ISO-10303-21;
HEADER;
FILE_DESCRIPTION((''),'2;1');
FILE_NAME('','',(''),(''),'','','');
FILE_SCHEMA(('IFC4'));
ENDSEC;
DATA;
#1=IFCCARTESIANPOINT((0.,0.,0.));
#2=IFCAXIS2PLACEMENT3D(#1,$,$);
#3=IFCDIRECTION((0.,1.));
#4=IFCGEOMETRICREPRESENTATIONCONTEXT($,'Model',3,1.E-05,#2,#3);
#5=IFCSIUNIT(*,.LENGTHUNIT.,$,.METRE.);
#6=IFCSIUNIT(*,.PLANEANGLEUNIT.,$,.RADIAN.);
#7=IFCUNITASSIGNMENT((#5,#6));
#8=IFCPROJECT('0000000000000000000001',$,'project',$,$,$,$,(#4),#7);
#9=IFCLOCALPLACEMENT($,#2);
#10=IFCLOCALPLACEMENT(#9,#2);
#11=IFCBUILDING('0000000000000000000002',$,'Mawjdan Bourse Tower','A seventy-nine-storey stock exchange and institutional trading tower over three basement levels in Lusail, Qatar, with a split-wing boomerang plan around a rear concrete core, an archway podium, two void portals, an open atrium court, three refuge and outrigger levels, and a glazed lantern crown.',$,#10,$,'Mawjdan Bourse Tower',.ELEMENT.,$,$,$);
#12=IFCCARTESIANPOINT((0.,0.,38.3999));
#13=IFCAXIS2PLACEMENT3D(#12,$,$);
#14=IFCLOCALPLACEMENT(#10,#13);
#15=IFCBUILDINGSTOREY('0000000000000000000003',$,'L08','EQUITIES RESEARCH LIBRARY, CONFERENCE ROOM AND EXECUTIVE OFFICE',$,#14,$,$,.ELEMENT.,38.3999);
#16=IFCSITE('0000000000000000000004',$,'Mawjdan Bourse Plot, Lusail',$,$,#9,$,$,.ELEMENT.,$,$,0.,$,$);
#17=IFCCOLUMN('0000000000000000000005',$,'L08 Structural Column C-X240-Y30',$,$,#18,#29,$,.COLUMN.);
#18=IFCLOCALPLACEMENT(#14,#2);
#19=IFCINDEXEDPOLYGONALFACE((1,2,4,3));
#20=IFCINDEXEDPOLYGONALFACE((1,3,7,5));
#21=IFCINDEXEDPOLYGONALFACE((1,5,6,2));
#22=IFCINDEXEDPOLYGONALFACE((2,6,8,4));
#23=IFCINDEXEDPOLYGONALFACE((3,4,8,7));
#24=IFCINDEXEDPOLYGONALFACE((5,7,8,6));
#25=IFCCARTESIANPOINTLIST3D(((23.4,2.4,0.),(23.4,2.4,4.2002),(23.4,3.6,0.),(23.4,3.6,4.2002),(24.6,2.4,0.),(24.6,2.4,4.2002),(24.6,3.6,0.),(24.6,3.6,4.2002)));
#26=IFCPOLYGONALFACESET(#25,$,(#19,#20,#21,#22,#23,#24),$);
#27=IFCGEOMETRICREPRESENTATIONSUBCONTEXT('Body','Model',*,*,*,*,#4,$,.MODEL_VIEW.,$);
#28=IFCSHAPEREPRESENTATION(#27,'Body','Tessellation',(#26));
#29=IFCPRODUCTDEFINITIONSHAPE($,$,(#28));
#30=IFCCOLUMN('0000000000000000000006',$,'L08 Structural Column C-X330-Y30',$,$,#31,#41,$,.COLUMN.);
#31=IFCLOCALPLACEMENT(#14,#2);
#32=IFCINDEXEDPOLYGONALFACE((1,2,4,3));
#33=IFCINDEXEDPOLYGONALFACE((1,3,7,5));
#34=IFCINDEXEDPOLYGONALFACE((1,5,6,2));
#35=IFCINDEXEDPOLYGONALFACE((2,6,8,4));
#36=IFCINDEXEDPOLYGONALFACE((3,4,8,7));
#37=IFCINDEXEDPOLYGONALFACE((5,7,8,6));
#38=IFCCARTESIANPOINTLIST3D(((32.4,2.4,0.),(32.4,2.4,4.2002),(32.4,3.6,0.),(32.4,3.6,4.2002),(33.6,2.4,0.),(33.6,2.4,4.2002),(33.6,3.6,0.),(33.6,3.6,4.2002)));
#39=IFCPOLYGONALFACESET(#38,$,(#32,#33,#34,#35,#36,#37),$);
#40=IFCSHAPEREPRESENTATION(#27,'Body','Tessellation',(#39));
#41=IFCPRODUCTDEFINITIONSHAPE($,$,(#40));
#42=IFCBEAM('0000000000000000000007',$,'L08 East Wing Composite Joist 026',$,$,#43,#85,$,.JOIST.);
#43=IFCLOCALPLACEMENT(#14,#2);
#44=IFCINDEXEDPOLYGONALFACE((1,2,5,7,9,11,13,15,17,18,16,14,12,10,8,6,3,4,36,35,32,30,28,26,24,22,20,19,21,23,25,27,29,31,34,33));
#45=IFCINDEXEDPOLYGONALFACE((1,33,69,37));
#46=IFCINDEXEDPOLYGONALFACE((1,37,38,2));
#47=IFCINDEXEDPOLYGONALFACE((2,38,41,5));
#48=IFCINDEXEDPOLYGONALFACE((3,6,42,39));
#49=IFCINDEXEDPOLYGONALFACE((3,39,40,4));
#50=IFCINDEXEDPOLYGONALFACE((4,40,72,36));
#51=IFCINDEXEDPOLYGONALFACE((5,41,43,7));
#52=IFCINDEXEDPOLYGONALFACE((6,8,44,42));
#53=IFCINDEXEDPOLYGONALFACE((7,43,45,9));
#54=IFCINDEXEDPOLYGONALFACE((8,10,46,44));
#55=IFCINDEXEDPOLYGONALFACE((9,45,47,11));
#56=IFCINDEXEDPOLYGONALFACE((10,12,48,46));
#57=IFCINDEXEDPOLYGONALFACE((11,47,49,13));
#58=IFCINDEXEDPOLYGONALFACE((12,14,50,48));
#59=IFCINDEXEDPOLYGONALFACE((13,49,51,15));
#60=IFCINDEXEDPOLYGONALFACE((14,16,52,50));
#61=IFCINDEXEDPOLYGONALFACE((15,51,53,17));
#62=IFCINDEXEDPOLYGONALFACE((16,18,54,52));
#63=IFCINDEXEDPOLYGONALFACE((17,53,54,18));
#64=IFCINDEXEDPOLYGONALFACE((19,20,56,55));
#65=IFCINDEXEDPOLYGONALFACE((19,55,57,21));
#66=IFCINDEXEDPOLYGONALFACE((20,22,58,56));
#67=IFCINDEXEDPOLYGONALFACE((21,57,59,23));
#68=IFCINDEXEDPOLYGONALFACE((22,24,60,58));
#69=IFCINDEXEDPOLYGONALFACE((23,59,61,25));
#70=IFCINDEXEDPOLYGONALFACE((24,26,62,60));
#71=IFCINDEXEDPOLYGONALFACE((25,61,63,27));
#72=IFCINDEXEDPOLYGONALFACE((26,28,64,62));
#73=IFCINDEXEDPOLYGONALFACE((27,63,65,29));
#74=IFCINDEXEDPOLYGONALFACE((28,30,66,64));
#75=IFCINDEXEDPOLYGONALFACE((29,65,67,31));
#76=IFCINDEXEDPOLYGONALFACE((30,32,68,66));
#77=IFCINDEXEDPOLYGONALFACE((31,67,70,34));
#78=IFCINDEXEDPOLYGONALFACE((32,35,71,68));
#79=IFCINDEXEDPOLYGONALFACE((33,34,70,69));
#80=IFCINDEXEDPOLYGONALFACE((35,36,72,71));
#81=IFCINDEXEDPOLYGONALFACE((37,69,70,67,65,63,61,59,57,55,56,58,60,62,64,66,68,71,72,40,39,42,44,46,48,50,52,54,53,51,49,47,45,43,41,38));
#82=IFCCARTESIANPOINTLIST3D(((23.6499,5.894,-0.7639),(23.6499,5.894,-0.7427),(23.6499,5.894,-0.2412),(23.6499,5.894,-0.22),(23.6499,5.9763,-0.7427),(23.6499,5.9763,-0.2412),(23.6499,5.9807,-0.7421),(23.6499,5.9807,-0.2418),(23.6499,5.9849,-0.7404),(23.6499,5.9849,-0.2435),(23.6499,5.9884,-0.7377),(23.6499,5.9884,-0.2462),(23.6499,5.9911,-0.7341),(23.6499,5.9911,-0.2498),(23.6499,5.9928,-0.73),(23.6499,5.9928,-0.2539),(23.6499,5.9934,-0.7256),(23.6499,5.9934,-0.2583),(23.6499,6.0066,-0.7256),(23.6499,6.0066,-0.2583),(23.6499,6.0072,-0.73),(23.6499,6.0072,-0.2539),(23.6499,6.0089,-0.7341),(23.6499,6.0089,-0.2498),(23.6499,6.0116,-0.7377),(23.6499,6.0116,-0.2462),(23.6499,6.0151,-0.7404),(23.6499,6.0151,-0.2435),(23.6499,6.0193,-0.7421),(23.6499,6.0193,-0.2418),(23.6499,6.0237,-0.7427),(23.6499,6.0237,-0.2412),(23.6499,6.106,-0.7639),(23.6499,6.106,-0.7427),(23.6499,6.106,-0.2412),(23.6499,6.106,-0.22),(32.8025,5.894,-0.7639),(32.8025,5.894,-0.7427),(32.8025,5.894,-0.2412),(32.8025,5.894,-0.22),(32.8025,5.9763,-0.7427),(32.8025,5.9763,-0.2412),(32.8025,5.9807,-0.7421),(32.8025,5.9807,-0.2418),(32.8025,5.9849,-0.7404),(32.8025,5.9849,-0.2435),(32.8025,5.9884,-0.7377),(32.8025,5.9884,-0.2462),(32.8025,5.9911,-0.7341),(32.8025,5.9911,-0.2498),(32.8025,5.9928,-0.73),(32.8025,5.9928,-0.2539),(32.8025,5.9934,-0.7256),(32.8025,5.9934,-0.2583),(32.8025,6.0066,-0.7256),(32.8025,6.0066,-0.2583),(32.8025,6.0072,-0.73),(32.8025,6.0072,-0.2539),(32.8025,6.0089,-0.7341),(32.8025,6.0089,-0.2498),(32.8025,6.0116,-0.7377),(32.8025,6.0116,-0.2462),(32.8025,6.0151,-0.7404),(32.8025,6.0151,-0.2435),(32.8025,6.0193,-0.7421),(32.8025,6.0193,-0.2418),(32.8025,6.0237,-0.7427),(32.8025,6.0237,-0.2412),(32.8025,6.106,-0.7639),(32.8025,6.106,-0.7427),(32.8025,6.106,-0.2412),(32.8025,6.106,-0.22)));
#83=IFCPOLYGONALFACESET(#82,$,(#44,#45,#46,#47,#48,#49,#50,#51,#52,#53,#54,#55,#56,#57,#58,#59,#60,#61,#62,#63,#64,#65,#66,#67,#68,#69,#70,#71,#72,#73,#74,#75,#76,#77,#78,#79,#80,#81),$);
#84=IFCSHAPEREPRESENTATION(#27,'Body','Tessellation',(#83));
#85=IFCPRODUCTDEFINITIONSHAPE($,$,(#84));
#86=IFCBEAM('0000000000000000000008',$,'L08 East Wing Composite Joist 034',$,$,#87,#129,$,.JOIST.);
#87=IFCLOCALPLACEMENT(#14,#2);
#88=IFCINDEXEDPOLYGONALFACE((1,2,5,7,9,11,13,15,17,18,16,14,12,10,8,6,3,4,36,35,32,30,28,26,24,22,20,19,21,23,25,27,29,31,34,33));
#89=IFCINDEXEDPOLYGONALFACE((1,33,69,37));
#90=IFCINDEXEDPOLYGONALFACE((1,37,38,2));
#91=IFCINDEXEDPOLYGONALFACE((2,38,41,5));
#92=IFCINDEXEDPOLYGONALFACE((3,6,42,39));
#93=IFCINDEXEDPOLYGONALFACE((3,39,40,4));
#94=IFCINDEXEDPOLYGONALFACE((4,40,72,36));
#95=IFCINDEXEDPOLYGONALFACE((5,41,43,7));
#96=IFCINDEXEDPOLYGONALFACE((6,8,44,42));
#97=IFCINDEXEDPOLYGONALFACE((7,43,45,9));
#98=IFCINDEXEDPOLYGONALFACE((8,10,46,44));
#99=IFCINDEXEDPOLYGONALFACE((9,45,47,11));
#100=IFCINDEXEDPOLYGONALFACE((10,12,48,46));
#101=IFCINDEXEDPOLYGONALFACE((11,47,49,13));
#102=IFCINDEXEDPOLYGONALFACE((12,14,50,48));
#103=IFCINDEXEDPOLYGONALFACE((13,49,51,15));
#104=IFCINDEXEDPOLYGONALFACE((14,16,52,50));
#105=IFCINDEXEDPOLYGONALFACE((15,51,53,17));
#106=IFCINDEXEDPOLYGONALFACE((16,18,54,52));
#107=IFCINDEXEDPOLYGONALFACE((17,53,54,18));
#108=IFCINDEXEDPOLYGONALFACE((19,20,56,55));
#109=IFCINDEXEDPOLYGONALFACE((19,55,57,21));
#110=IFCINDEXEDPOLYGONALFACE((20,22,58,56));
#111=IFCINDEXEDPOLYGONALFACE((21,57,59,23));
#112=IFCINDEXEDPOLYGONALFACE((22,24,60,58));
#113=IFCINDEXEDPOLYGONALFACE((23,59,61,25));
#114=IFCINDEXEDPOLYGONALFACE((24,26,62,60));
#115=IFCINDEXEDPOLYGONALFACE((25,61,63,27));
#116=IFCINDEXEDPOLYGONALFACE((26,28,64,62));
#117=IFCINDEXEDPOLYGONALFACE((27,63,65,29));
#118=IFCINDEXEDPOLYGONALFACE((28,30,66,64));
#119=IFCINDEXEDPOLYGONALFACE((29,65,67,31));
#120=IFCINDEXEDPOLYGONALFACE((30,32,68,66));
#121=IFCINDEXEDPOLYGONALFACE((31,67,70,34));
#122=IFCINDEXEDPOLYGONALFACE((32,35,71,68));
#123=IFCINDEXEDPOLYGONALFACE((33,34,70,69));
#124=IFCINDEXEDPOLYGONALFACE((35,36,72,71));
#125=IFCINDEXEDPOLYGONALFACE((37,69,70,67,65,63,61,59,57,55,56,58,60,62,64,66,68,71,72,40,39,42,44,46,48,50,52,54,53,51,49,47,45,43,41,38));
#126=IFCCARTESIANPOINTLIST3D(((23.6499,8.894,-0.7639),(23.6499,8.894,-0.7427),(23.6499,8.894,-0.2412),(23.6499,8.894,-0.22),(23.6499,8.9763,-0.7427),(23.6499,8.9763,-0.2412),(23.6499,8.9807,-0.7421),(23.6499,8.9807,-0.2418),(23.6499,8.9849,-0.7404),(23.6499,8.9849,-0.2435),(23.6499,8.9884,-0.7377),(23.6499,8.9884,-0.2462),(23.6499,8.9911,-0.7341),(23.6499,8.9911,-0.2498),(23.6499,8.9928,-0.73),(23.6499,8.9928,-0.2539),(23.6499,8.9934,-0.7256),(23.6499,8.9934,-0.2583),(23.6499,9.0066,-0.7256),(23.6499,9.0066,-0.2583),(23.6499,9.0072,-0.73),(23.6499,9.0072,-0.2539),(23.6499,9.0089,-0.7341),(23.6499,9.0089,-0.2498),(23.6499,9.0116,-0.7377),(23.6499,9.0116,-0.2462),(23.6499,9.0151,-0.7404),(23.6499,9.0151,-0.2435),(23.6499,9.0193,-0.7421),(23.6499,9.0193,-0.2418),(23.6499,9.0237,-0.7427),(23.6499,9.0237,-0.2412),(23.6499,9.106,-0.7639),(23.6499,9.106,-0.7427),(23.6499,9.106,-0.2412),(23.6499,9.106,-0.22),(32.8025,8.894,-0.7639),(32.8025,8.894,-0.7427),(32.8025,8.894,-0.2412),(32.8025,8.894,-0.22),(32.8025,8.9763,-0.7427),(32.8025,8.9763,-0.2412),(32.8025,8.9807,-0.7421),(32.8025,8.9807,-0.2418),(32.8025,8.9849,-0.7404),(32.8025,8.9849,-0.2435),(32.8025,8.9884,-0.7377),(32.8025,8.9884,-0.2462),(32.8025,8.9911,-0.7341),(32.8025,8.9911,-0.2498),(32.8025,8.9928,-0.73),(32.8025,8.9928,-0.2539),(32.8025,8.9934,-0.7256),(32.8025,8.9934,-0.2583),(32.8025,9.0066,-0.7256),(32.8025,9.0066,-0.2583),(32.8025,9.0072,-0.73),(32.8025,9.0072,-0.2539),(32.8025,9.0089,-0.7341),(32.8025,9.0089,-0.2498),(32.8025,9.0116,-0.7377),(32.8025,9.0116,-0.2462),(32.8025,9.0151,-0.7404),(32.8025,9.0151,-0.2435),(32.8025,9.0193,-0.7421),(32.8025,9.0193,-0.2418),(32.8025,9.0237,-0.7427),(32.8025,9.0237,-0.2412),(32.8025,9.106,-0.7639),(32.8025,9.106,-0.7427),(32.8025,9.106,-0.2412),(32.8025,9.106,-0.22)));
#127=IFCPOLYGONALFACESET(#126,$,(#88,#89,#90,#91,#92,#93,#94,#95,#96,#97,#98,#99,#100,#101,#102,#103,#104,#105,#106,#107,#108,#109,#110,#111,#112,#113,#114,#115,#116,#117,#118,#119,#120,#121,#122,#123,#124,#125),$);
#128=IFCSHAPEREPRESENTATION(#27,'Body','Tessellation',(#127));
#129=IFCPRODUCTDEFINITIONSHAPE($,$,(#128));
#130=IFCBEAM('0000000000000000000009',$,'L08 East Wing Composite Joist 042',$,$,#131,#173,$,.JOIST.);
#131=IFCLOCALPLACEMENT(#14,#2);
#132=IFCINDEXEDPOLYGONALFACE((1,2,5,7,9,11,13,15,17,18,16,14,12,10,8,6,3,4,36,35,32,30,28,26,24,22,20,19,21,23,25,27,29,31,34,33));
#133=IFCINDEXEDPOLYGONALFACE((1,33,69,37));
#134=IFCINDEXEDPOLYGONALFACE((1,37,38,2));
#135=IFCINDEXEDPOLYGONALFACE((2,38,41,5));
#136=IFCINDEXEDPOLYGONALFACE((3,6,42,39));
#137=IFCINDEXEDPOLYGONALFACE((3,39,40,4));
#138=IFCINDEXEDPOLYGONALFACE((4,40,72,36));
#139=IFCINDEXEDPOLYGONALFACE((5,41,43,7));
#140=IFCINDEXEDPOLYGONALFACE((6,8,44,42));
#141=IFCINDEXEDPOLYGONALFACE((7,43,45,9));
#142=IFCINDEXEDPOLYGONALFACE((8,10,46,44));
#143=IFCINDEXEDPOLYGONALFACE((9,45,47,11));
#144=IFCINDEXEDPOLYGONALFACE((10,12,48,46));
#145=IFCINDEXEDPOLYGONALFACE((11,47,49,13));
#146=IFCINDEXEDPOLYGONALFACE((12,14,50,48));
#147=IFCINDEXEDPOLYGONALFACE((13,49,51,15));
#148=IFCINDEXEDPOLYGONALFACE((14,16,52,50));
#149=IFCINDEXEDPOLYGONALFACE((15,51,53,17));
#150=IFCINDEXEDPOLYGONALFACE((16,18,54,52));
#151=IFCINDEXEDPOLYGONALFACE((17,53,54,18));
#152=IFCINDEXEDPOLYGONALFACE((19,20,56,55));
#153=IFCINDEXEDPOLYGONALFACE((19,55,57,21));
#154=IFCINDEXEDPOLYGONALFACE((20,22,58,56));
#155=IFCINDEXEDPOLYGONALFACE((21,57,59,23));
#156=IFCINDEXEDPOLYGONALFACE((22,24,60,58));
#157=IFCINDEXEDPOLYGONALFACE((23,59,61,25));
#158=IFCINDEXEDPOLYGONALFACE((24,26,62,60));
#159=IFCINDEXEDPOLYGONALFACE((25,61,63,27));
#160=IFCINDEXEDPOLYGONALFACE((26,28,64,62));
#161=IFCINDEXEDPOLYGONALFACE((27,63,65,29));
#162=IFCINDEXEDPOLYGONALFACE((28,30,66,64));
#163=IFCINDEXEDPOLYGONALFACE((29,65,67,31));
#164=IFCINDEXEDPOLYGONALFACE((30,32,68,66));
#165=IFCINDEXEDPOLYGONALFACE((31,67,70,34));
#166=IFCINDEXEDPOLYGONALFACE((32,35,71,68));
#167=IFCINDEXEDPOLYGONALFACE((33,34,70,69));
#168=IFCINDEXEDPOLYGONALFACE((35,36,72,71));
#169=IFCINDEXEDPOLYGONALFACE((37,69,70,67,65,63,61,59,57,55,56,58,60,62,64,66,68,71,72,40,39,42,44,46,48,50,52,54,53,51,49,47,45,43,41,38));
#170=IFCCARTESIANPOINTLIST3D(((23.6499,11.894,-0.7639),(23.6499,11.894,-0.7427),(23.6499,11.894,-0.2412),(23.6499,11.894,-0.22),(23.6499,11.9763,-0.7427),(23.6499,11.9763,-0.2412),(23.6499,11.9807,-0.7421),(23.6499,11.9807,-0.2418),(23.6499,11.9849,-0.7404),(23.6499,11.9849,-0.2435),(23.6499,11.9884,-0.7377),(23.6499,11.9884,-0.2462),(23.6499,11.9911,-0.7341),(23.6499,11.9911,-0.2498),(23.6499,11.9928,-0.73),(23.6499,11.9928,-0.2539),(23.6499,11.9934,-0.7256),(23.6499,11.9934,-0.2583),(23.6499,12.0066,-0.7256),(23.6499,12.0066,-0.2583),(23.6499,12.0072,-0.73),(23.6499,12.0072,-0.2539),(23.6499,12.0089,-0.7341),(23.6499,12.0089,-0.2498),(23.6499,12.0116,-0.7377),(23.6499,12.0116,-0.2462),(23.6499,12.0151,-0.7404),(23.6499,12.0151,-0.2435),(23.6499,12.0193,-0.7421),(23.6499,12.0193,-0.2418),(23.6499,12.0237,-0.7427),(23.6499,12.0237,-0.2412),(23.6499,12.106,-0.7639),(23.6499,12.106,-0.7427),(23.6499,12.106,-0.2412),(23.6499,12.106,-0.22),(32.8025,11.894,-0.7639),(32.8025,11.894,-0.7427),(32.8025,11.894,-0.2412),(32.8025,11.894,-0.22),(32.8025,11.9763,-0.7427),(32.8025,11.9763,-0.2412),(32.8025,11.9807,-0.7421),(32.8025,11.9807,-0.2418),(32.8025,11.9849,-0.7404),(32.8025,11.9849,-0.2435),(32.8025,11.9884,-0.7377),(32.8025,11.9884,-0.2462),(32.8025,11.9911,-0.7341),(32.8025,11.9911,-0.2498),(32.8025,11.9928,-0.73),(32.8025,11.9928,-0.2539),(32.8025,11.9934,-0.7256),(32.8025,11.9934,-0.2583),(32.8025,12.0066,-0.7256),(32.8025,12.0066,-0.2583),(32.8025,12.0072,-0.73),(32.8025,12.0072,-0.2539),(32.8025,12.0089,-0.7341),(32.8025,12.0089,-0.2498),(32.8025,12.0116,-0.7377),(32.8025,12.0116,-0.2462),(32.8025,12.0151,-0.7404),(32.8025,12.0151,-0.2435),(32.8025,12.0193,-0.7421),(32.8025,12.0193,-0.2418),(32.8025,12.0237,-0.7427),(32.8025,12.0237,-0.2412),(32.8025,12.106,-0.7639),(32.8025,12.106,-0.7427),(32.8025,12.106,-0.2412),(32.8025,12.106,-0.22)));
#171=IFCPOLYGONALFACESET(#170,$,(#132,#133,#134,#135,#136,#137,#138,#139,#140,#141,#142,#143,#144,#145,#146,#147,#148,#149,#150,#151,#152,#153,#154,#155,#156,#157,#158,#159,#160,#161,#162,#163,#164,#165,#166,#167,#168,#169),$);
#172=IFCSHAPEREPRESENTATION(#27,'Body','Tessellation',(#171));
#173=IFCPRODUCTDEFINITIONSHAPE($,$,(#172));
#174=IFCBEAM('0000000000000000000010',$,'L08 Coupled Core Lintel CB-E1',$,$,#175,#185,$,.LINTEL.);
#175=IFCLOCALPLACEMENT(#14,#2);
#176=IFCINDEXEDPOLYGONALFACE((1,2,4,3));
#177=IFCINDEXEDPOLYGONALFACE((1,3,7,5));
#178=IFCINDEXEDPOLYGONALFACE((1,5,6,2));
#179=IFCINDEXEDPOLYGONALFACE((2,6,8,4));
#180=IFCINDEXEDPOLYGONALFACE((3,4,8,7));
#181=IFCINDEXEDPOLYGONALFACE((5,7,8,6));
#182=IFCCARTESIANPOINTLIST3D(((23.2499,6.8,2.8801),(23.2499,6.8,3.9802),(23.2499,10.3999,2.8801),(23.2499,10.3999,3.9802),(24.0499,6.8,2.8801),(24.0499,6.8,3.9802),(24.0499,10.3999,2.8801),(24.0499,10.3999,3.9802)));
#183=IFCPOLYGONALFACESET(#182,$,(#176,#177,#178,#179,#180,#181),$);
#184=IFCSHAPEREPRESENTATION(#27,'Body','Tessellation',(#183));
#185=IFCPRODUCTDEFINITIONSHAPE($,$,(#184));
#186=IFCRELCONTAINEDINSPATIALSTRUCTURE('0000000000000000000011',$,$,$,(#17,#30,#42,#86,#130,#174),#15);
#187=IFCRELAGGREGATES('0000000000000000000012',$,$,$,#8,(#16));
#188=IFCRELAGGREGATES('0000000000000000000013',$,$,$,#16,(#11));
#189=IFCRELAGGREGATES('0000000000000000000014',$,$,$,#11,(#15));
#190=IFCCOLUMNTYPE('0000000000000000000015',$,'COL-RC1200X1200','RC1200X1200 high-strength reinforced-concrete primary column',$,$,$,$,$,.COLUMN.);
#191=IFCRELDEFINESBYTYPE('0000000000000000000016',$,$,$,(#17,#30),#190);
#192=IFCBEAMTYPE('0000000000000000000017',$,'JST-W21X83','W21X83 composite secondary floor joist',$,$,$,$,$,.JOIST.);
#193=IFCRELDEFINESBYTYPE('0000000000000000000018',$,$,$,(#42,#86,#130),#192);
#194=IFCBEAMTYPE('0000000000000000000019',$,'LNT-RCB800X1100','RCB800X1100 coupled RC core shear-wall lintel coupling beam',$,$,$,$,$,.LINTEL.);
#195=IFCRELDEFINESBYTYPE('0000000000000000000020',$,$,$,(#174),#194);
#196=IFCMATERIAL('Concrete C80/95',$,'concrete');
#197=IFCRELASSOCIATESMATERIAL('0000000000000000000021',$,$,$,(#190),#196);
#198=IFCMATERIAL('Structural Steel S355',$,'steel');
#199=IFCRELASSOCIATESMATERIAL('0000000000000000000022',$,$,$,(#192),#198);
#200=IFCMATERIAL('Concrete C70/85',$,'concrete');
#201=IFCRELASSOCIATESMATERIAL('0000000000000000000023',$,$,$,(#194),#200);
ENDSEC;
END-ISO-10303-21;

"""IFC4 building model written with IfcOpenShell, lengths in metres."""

from ifc_helpers import new_model, si_unit, direction, frame, origin, origin_2d, place, context, subcontext, project, spatial, rectangle, i_section, extrude, material, material_profile, profile_set, type_object, element, save


model = new_model("IFC4")

# Units and contexts
model_context = context("Model", 3, precision=1e-05, world=origin(), true_north=direction((0.0, 1.0)))
body_context = subcontext(model_context, "Body", "Model", "MODEL_VIEW")
ifc_project = project(units=[si_unit("LENGTHUNIT", "METRE"), si_unit("PLANEANGLEUNIT", "RADIAN")], contexts=[model_context])

# Site, building, storey
site_placement = place(None, origin())
site = spatial("IfcSite", under=ifc_project, at=site_placement, Name="Mawjdan Bourse Plot, Lusail", CompositionType="ELEMENT", RefElevation=0.0)
building_placement = place(site_placement, origin())
building = spatial("IfcBuilding", under=site, at=building_placement, Name="Mawjdan Bourse Tower", Description="A seventy-nine-storey stock exchange and institutional trading tower over three basement levels in Lusail, Qatar, with a split-wing boomerang plan around a rear concrete core, an archway podium, two void portals, an open atrium court, three refuge and outrigger levels, and a glazed lantern crown.", LongName="Mawjdan Bourse Tower", CompositionType="ELEMENT")
storey_placement = place(building_placement, frame((0.0, 0.0, 38.3999)))
storey = spatial("IfcBuildingStorey", under=building, at=storey_placement, Name="L08", Description="EQUITIES RESEARCH LIBRARY, CONFERENCE ROOM AND EXECUTIVE OFFICE", CompositionType="ELEMENT", Elevation=38.3999)

# Columns
ifc_material_1 = material(Name="Concrete C80/95", Category="concrete")
ifc_material_profile_1 = material_profile(ifc_material_1, rectangle(XDim=1.2, YDim=1.2, at=origin_2d()), Name="RC1200X1200")
ifc_profile_set_1 = profile_set([ifc_material_profile_1], Name="Concrete C80/95")
column_type = type_object("IfcColumnType", Name="COL-RC1200X1200", Description="RC1200X1200 high-strength reinforced-concrete primary column", PredefinedType="COLUMN", material=ifc_profile_set_1)
for number, where, z_axis, x_axis, name in (
    (1, (24.0, 3.0, 0.0), (0.0, 0.0, 1.0), (1.0, 0.0, 0.0), "L08 Structural Column C-X240-Y30"),
    (2, (33.0, 3.0, 0.0), (0.0, 0.0, 1.0), (1.0, 0.0, 0.0), "L08 Structural Column C-X330-Y30"),
):
    element("IfcColumn", number, at=place(storey_placement, frame(where, z_axis=z_axis, x_axis=x_axis)), inside=storey, type_object=column_type, Name=name, PredefinedType="COLUMN", context=body_context, shape_type="SweptSolid", body=[
        extrude(rectangle(XDim=1.2, YDim=1.2, at=origin_2d()), origin(), (0.0, 0.0, 1.0), 4.2002),
    ])

# Beams
ifc_material_2 = material(Name="Structural Steel S355", Category="steel")
ifc_material_profile_2 = material_profile(ifc_material_2, i_section(OverallWidth=0.2119, OverallDepth=0.5439, WebThickness=0.0132, FlangeThickness=0.0212, FilletRadius=0.0171, at=origin_2d()), Name="W21X83")
ifc_profile_set_2 = profile_set([ifc_material_profile_2], Name="Structural Steel S355")
beam_type_1 = type_object("IfcBeamType", Name="JST-W21X83", Description="W21X83 composite secondary floor joist", PredefinedType="JOIST", material=ifc_profile_set_2)
for number, where, z_axis, x_axis, name in (
    (3, (23.6499, 6.0, -0.4919), (1.0, 0.0, 0.0), (0.0, 1.0, 0.0), "L08 East Wing Composite Joist 026"),
    (4, (23.6499, 9.0, -0.4919), (1.0, 0.0, 0.0), (0.0, 1.0, 0.0), "L08 East Wing Composite Joist 034"),
    (5, (23.6499, 12.0, -0.4919), (1.0, 0.0, 0.0), (0.0, 1.0, 0.0), "L08 East Wing Composite Joist 042"),
):
    element("IfcBeam", number, at=place(storey_placement, frame(where, z_axis=z_axis, x_axis=x_axis)), inside=storey, type_object=beam_type_1, Name=name, PredefinedType="JOIST", context=body_context, shape_type="SweptSolid", body=[
        extrude(i_section(OverallWidth=0.2119, OverallDepth=0.5439, WebThickness=0.0132, FlangeThickness=0.0212, FilletRadius=0.0171, at=origin_2d()), origin(), (0.0, 0.0, 1.0), 9.1526),
    ])
ifc_material_3 = material(Name="Concrete C70/85", Category="concrete")
ifc_material_profile_3 = material_profile(ifc_material_3, rectangle(XDim=0.8, YDim=1.1001, at=origin_2d()), Name="RCB800X1100")
ifc_profile_set_3 = profile_set([ifc_material_profile_3], Name="Concrete C70/85")
beam_type_2 = type_object("IfcBeamType", Name="LNT-RCB800X1100", Description="RCB800X1100 coupled RC core shear-wall lintel coupling beam", PredefinedType="LINTEL", material=ifc_profile_set_3)
beam_1_placement = place(storey_placement, frame((23.6499, 6.8, 3.4302), z_axis=(0.0, 1.0, 0.0), x_axis=(-1.0, 0.0, 0.0)))
element("IfcBeam", 6, at=beam_1_placement, inside=storey, type_object=beam_type_2, Name="L08 Coupled Core Lintel CB-E1", PredefinedType="LINTEL", context=body_context, shape_type="SweptSolid", body=[
    extrude(rectangle(XDim=0.8, YDim=1.1001, at=origin_2d()), origin(), (0.0, 0.0, 1.0), 3.5999),
])

save(model, "model.ifc")
